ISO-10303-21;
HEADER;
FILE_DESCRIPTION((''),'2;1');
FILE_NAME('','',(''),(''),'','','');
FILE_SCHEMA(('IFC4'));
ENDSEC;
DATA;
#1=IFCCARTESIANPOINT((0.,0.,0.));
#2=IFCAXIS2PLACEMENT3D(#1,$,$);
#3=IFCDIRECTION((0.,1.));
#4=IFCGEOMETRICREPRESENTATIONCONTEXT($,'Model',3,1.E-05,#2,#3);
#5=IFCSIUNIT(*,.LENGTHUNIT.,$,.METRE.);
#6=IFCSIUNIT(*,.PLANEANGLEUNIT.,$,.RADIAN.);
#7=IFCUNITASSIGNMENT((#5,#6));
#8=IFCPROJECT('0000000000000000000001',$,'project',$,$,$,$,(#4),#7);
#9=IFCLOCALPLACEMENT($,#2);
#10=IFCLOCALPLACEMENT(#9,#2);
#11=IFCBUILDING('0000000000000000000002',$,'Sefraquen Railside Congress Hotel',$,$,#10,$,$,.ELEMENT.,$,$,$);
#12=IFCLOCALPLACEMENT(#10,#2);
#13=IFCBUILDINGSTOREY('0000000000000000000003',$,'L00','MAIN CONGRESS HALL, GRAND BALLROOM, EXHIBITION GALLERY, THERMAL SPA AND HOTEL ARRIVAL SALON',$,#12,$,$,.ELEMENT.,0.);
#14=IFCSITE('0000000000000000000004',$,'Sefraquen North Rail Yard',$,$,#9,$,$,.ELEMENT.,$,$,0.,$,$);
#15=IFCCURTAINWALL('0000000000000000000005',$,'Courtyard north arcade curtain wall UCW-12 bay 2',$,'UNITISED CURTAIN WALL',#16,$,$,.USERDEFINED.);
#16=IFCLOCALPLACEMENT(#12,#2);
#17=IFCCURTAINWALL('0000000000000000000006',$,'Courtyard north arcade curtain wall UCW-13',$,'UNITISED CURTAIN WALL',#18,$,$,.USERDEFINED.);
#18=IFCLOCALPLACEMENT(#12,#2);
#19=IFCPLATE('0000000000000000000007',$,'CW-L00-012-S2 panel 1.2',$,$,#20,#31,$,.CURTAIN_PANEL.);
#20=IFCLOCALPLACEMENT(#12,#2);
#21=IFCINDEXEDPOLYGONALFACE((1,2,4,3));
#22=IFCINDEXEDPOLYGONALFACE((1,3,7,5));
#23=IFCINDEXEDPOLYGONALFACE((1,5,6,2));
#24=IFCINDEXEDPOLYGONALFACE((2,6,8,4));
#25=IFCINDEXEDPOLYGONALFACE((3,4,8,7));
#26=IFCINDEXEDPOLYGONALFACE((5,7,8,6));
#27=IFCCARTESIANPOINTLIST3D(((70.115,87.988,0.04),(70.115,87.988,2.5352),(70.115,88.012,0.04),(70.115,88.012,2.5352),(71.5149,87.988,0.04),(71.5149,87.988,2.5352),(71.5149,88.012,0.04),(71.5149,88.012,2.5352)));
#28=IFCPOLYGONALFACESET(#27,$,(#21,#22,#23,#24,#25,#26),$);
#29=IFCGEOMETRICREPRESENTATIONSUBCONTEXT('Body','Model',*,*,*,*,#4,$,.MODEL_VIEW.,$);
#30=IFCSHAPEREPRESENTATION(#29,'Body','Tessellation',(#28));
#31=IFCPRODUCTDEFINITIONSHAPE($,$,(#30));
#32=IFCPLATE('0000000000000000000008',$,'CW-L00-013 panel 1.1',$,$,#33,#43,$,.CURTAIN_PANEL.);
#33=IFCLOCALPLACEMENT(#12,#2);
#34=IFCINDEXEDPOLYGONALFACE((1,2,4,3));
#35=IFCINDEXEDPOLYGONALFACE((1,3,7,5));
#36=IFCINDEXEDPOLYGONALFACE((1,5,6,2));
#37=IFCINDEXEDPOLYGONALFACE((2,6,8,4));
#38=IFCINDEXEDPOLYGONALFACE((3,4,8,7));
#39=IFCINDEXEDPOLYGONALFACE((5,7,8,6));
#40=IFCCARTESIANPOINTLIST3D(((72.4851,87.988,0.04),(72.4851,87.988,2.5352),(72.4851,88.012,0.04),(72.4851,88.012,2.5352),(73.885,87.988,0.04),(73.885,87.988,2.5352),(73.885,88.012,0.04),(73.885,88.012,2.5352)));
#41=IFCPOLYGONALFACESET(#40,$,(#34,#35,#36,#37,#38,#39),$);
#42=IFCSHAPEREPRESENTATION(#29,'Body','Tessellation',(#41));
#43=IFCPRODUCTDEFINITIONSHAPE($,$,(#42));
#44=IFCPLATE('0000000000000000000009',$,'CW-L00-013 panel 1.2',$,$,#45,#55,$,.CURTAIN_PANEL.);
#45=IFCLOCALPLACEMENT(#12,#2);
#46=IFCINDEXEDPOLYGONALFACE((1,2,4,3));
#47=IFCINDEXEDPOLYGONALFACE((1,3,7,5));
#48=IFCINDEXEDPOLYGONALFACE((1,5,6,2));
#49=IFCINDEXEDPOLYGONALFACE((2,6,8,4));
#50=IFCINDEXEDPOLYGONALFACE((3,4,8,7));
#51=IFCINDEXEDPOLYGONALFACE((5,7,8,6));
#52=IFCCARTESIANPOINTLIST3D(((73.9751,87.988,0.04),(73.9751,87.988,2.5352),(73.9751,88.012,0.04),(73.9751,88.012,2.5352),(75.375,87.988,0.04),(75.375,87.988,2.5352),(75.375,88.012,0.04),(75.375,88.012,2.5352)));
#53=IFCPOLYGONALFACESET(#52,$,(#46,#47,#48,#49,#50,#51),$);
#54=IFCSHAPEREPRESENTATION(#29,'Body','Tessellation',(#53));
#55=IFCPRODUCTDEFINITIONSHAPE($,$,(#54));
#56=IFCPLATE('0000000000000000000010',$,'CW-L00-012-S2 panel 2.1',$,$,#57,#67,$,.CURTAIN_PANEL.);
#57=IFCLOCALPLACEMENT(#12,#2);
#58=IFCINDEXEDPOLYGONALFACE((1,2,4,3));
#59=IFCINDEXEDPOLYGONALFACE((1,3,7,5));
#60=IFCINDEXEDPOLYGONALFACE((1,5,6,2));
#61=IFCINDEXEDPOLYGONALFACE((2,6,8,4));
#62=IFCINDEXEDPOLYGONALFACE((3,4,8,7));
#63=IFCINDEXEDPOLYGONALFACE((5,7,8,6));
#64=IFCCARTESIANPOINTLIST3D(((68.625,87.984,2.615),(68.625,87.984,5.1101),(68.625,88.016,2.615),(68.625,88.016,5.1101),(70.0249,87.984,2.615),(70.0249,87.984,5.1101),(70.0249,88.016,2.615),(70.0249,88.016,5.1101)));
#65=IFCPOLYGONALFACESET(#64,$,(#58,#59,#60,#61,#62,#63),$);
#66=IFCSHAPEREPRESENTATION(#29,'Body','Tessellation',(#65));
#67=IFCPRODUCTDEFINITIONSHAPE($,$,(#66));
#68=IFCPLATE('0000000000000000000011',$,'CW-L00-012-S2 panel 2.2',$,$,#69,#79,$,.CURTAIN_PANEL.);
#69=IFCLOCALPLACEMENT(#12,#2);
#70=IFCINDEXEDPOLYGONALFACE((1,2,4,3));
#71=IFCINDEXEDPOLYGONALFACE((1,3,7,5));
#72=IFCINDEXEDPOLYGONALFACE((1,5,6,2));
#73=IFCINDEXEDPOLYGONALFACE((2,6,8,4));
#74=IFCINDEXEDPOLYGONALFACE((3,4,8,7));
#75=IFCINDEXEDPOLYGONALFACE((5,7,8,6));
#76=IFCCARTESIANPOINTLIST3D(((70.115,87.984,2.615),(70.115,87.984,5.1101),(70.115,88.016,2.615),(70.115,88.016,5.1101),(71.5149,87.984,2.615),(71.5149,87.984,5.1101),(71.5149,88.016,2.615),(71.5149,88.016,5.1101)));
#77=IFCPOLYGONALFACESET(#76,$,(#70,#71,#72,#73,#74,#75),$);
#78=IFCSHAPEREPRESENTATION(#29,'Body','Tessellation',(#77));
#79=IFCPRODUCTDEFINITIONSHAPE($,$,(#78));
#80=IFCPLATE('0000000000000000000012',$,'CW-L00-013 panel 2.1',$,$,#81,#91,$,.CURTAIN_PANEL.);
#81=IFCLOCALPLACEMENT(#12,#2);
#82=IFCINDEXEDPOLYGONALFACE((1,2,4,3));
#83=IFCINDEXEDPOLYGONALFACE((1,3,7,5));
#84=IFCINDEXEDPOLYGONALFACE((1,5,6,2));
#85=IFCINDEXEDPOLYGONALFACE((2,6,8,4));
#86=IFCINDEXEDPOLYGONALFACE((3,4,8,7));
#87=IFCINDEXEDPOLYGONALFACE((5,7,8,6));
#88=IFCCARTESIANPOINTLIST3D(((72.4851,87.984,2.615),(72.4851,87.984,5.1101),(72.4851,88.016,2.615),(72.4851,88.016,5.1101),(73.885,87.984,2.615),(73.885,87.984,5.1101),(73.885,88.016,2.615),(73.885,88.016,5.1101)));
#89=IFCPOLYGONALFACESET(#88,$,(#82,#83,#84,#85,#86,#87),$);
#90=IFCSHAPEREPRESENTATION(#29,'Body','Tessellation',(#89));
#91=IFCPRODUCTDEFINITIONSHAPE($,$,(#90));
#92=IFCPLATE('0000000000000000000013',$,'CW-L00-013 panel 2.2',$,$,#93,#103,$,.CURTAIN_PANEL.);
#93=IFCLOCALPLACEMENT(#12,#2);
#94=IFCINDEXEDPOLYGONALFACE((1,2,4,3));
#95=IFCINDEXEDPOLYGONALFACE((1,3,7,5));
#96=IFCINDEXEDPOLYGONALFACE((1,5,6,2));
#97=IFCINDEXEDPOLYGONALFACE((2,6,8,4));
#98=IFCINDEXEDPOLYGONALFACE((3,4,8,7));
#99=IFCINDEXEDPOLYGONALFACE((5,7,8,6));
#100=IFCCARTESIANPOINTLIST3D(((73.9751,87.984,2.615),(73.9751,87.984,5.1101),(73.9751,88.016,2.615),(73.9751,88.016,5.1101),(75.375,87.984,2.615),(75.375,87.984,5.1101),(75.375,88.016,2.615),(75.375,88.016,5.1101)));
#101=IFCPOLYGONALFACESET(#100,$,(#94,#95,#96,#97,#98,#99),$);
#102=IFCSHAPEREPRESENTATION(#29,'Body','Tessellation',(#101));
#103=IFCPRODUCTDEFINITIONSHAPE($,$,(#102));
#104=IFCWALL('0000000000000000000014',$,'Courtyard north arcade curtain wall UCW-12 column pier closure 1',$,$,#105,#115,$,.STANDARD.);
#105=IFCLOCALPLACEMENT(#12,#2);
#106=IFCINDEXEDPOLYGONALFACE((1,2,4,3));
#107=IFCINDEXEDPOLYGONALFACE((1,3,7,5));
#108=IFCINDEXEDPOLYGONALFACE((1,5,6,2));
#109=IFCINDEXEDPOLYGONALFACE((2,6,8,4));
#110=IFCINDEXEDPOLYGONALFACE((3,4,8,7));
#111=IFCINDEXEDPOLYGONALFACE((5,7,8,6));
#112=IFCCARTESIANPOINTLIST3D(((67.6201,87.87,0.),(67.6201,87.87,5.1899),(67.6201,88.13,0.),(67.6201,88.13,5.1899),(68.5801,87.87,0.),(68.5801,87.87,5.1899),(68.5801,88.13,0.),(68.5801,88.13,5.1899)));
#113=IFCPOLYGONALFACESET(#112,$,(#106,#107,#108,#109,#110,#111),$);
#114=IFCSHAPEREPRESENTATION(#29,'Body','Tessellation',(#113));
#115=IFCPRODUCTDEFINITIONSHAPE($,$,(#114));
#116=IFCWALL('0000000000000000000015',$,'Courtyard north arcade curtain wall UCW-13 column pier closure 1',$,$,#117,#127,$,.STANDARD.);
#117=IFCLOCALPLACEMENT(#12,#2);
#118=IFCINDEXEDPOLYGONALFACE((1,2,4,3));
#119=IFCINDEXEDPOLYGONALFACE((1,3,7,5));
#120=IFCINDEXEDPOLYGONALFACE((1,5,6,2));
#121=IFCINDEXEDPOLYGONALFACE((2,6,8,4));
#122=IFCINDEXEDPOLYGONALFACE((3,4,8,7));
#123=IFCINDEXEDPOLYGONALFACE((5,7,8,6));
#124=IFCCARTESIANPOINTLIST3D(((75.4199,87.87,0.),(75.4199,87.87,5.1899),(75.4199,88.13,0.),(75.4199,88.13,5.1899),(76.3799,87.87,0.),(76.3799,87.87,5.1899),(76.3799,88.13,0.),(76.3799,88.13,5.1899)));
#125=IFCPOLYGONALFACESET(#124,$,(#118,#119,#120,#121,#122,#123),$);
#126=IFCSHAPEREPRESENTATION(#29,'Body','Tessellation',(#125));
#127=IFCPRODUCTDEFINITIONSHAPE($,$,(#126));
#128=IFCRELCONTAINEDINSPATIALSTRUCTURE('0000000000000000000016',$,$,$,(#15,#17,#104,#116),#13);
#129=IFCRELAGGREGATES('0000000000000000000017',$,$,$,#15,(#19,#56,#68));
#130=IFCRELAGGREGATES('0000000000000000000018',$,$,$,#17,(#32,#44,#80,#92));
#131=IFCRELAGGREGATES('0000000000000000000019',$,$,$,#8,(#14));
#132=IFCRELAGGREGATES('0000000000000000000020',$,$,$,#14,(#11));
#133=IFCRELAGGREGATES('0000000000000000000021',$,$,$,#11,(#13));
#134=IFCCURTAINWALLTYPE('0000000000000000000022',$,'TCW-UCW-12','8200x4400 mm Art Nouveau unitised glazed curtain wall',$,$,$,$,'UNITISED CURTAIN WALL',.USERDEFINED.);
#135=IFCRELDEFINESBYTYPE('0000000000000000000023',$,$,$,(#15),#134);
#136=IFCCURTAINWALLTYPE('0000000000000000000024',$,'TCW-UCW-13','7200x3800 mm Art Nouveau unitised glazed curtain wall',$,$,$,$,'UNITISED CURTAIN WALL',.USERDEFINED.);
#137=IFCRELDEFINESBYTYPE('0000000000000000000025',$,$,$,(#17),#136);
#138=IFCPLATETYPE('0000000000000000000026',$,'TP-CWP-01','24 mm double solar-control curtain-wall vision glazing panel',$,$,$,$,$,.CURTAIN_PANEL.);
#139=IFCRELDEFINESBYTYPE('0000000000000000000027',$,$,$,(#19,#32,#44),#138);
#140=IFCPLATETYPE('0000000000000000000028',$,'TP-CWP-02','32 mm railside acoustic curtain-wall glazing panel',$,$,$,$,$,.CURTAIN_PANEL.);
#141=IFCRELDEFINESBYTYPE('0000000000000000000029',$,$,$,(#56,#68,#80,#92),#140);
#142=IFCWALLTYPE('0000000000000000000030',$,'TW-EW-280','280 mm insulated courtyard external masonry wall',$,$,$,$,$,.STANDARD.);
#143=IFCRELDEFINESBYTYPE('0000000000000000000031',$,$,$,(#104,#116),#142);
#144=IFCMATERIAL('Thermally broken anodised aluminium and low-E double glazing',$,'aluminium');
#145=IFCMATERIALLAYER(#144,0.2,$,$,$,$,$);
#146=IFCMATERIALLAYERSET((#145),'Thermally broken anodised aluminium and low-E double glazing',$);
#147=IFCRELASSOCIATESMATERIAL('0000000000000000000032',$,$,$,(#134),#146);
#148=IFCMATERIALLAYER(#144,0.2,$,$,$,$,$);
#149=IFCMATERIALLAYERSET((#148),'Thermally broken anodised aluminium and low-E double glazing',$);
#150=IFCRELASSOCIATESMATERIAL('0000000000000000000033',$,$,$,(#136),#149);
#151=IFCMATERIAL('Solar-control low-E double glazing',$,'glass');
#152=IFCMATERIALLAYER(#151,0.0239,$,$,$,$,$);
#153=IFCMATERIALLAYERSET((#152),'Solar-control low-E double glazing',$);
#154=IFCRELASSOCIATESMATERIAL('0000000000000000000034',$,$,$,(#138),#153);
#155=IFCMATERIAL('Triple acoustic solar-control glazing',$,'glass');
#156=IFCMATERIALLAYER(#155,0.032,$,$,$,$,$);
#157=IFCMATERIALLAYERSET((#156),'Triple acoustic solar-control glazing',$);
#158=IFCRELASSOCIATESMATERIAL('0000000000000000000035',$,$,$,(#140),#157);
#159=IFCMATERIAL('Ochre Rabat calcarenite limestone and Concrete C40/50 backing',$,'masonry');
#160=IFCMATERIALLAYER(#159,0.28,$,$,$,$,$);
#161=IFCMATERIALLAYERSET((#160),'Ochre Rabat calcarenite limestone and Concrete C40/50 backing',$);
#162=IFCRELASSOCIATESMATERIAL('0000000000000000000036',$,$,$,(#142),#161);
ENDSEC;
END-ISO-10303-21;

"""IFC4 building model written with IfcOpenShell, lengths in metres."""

from ifc_helpers import new_model, si_unit, direction, frame, frame_2d, origin, origin_2d, place, context, subcontext, project, spatial, rectangle, extrude, material, layer, layer_set, type_object, element, aggregate, save


model = new_model("IFC4")

# Units and contexts
model_context = context("Model", 3, precision=1e-05, world=origin(), true_north=direction((0.0, 1.0)))
body_context = subcontext(model_context, "Body", "Model", "MODEL_VIEW")
ifc_project = project(units=[si_unit("LENGTHUNIT", "METRE"), si_unit("PLANEANGLEUNIT", "RADIAN")], contexts=[model_context])

# Site, building, storey
site_placement = place(None, origin())
site = spatial("IfcSite", under=ifc_project, at=site_placement, Name="Sefraquen North Rail Yard", CompositionType="ELEMENT", RefElevation=0.0)
building_placement = place(site_placement, origin())
building = spatial("IfcBuilding", under=site, at=building_placement, Name="Sefraquen Railside Congress Hotel", CompositionType="ELEMENT")
storey_placement = place(building_placement, origin())
storey = spatial("IfcBuildingStorey", under=building, at=storey_placement, Name="L00", Description="MAIN CONGRESS HALL, GRAND BALLROOM, EXHIBITION GALLERY, THERMAL SPA AND HOTEL ARRIVAL SALON", CompositionType="ELEMENT", Elevation=0.0)

# Curtain walls
ifc_material_1 = material(Name="Thermally broken anodised aluminium and low-E double glazing", Category="aluminium")
ifc_layer_1 = layer(ifc_material_1, 0.2)
ifc_layer_set_1 = layer_set([ifc_layer_1], Name="Thermally broken anodised aluminium and low-E double glazing")
curtain_wall_type_1 = type_object("IfcCurtainWallType", Name="TCW-UCW-12", Description="8200x4400 mm Art Nouveau unitised glazed curtain wall", ElementType="UNITISED CURTAIN WALL", PredefinedType="USERDEFINED", material=ifc_layer_set_1)
curtain_wall_1_placement = place(storey_placement, origin())
curtain_wall_1 = element("IfcCurtainWall", 1, at=curtain_wall_1_placement, inside=storey, type_object=curtain_wall_type_1, Name="Courtyard north arcade curtain wall UCW-12 bay 2", ObjectType="UNITISED CURTAIN WALL", PredefinedType="USERDEFINED")
ifc_layer_2 = layer(ifc_material_1, 0.2)
ifc_layer_set_2 = layer_set([ifc_layer_2], Name="Thermally broken anodised aluminium and low-E double glazing")
curtain_wall_type_2 = type_object("IfcCurtainWallType", Name="TCW-UCW-13", Description="7200x3800 mm Art Nouveau unitised glazed curtain wall", ElementType="UNITISED CURTAIN WALL", PredefinedType="USERDEFINED", material=ifc_layer_set_2)
curtain_wall_2_placement = place(storey_placement, origin())
curtain_wall_2 = element("IfcCurtainWall", 2, at=curtain_wall_2_placement, inside=storey, type_object=curtain_wall_type_2, Name="Courtyard north arcade curtain wall UCW-13", ObjectType="UNITISED CURTAIN WALL", PredefinedType="USERDEFINED")

# Plates
ifc_material_2 = material(Name="Solar-control low-E double glazing", Category="glass")
ifc_layer_3 = layer(ifc_material_2, 0.0239)
ifc_layer_set_3 = layer_set([ifc_layer_3], Name="Solar-control low-E double glazing")
plate_type_1 = type_object("IfcPlateType", Name="TP-CWP-01", Description="24 mm double solar-control curtain-wall vision glazing panel", PredefinedType="CURTAIN_PANEL", material=ifc_layer_set_3)
plate_1_placement = place(storey_placement, frame((70.8149, 88.0, 0.04), z_axis=(0.0, 0.0, 1.0), x_axis=(1.0, 0.0, 0.0)))
plate_1 = element("IfcPlate", 3, at=plate_1_placement, type_object=plate_type_1, Name="CW-L00-012-S2 panel 1.2", PredefinedType="CURTAIN_PANEL", context=body_context, shape_type="SweptSolid", body=[
    extrude(rectangle(XDim=1.3999, YDim=0.0239, at=origin_2d()), origin(), (0.0, 0.0, 1.0), 2.4951),
])
plate_2_placement = place(storey_placement, frame((73.1851, 88.0, 0.04), z_axis=(0.0, 0.0, 1.0), x_axis=(1.0, 0.0, 0.0)))
plate_2 = element("IfcPlate", 4, at=plate_2_placement, type_object=plate_type_1, Name="CW-L00-013 panel 1.1", PredefinedType="CURTAIN_PANEL", context=body_context, shape_type="SweptSolid", body=[
    extrude(rectangle(XDim=1.3999, YDim=0.0239, at=origin_2d()), origin(), (0.0, 0.0, 1.0), 2.4951),
])
plate_3_placement = place(storey_placement, frame((74.675, 88.0, 0.04), z_axis=(0.0, 0.0, 1.0), x_axis=(1.0, 0.0, 0.0)))
plate_3 = element("IfcPlate", 5, at=plate_3_placement, type_object=plate_type_1, Name="CW-L00-013 panel 1.2", PredefinedType="CURTAIN_PANEL", context=body_context, shape_type="SweptSolid", body=[
    extrude(rectangle(XDim=1.3999, YDim=0.0239, at=origin_2d()), origin(), (0.0, 0.0, 1.0), 2.4951),
])
ifc_material_3 = material(Name="Triple acoustic solar-control glazing", Category="glass")
ifc_layer_4 = layer(ifc_material_3, 0.032)
ifc_layer_set_4 = layer_set([ifc_layer_4], Name="Triple acoustic solar-control glazing")
plate_type_2 = type_object("IfcPlateType", Name="TP-CWP-02", Description="32 mm railside acoustic curtain-wall glazing panel", PredefinedType="CURTAIN_PANEL", material=ifc_layer_set_4)
plate_4_placement = place(storey_placement, frame((69.325, 88.0, 2.615), z_axis=(0.0, 0.0, 1.0), x_axis=(1.0, 0.0, 0.0)))
plate_4 = element("IfcPlate", 6, at=plate_4_placement, type_object=plate_type_2, Name="CW-L00-012-S2 panel 2.1", PredefinedType="CURTAIN_PANEL", context=body_context, shape_type="SweptSolid", body=[
    extrude(rectangle(XDim=1.3999, YDim=0.032, at=origin_2d()), origin(), (0.0, 0.0, 1.0), 2.4951),
])
plate_5_placement = place(storey_placement, frame((70.8149, 88.0, 2.615), z_axis=(0.0, 0.0, 1.0), x_axis=(1.0, 0.0, 0.0)))
plate_5 = element("IfcPlate", 7, at=plate_5_placement, type_object=plate_type_2, Name="CW-L00-012-S2 panel 2.2", PredefinedType="CURTAIN_PANEL", context=body_context, shape_type="SweptSolid", body=[
    extrude(rectangle(XDim=1.3999, YDim=0.032, at=origin_2d()), origin(), (0.0, 0.0, 1.0), 2.4951),
])
aggregate(curtain_wall_1, [plate_1, plate_4, plate_5])
plate_6_placement = place(storey_placement, frame((73.1851, 88.0, 2.615), z_axis=(0.0, 0.0, 1.0), x_axis=(1.0, 0.0, 0.0)))
plate_6 = element("IfcPlate", 8, at=plate_6_placement, type_object=plate_type_2, Name="CW-L00-013 panel 2.1", PredefinedType="CURTAIN_PANEL", context=body_context, shape_type="SweptSolid", body=[
    extrude(rectangle(XDim=1.3999, YDim=0.032, at=origin_2d()), origin(), (0.0, 0.0, 1.0), 2.4951),
])
plate_7_placement = place(storey_placement, frame((74.675, 88.0, 2.615), z_axis=(0.0, 0.0, 1.0), x_axis=(1.0, 0.0, 0.0)))
plate_7 = element("IfcPlate", 9, at=plate_7_placement, type_object=plate_type_2, Name="CW-L00-013 panel 2.2", PredefinedType="CURTAIN_PANEL", context=body_context, shape_type="SweptSolid", body=[
    extrude(rectangle(XDim=1.3999, YDim=0.032, at=origin_2d()), origin(), (0.0, 0.0, 1.0), 2.4951),
])
aggregate(curtain_wall_2, [plate_2, plate_3, plate_6, plate_7])

# Walls
ifc_material_4 = material(Name="Ochre Rabat calcarenite limestone and Concrete C40/50 backing", Category="masonry")
ifc_layer_5 = layer(ifc_material_4, 0.28)
ifc_layer_set_5 = layer_set([ifc_layer_5], Name="Ochre Rabat calcarenite limestone and Concrete C40/50 backing")
wall_type = type_object("IfcWallType", Name="TW-EW-280", Description="280 mm insulated courtyard external masonry wall", PredefinedType="STANDARD", material=ifc_layer_set_5)
for number, where, z_axis, x_axis, name in (
    (10, (67.6201, 88.0, 0.0), (0.0, 0.0, 1.0), (1.0, 0.0, 0.0), "Courtyard north arcade curtain wall UCW-12 column pier closure 1"),
    (11, (75.4199, 88.0, 0.0), (0.0, 0.0, 1.0), (1.0, 0.0, 0.0), "Courtyard north arcade curtain wall UCW-13 column pier closure 1"),
):
    element("IfcWall", number, at=place(storey_placement, frame(where, z_axis=z_axis, x_axis=x_axis)), inside=storey, type_object=wall_type, Name=name, PredefinedType="STANDARD", context=body_context, shape_type="SweptSolid", body=[
        extrude(rectangle(XDim=0.96, YDim=0.26, at=frame_2d((0.48, 0.0))), origin(), (0.0, 0.0, 1.0), 5.1899),
    ])

save(model, "model.ifc")
